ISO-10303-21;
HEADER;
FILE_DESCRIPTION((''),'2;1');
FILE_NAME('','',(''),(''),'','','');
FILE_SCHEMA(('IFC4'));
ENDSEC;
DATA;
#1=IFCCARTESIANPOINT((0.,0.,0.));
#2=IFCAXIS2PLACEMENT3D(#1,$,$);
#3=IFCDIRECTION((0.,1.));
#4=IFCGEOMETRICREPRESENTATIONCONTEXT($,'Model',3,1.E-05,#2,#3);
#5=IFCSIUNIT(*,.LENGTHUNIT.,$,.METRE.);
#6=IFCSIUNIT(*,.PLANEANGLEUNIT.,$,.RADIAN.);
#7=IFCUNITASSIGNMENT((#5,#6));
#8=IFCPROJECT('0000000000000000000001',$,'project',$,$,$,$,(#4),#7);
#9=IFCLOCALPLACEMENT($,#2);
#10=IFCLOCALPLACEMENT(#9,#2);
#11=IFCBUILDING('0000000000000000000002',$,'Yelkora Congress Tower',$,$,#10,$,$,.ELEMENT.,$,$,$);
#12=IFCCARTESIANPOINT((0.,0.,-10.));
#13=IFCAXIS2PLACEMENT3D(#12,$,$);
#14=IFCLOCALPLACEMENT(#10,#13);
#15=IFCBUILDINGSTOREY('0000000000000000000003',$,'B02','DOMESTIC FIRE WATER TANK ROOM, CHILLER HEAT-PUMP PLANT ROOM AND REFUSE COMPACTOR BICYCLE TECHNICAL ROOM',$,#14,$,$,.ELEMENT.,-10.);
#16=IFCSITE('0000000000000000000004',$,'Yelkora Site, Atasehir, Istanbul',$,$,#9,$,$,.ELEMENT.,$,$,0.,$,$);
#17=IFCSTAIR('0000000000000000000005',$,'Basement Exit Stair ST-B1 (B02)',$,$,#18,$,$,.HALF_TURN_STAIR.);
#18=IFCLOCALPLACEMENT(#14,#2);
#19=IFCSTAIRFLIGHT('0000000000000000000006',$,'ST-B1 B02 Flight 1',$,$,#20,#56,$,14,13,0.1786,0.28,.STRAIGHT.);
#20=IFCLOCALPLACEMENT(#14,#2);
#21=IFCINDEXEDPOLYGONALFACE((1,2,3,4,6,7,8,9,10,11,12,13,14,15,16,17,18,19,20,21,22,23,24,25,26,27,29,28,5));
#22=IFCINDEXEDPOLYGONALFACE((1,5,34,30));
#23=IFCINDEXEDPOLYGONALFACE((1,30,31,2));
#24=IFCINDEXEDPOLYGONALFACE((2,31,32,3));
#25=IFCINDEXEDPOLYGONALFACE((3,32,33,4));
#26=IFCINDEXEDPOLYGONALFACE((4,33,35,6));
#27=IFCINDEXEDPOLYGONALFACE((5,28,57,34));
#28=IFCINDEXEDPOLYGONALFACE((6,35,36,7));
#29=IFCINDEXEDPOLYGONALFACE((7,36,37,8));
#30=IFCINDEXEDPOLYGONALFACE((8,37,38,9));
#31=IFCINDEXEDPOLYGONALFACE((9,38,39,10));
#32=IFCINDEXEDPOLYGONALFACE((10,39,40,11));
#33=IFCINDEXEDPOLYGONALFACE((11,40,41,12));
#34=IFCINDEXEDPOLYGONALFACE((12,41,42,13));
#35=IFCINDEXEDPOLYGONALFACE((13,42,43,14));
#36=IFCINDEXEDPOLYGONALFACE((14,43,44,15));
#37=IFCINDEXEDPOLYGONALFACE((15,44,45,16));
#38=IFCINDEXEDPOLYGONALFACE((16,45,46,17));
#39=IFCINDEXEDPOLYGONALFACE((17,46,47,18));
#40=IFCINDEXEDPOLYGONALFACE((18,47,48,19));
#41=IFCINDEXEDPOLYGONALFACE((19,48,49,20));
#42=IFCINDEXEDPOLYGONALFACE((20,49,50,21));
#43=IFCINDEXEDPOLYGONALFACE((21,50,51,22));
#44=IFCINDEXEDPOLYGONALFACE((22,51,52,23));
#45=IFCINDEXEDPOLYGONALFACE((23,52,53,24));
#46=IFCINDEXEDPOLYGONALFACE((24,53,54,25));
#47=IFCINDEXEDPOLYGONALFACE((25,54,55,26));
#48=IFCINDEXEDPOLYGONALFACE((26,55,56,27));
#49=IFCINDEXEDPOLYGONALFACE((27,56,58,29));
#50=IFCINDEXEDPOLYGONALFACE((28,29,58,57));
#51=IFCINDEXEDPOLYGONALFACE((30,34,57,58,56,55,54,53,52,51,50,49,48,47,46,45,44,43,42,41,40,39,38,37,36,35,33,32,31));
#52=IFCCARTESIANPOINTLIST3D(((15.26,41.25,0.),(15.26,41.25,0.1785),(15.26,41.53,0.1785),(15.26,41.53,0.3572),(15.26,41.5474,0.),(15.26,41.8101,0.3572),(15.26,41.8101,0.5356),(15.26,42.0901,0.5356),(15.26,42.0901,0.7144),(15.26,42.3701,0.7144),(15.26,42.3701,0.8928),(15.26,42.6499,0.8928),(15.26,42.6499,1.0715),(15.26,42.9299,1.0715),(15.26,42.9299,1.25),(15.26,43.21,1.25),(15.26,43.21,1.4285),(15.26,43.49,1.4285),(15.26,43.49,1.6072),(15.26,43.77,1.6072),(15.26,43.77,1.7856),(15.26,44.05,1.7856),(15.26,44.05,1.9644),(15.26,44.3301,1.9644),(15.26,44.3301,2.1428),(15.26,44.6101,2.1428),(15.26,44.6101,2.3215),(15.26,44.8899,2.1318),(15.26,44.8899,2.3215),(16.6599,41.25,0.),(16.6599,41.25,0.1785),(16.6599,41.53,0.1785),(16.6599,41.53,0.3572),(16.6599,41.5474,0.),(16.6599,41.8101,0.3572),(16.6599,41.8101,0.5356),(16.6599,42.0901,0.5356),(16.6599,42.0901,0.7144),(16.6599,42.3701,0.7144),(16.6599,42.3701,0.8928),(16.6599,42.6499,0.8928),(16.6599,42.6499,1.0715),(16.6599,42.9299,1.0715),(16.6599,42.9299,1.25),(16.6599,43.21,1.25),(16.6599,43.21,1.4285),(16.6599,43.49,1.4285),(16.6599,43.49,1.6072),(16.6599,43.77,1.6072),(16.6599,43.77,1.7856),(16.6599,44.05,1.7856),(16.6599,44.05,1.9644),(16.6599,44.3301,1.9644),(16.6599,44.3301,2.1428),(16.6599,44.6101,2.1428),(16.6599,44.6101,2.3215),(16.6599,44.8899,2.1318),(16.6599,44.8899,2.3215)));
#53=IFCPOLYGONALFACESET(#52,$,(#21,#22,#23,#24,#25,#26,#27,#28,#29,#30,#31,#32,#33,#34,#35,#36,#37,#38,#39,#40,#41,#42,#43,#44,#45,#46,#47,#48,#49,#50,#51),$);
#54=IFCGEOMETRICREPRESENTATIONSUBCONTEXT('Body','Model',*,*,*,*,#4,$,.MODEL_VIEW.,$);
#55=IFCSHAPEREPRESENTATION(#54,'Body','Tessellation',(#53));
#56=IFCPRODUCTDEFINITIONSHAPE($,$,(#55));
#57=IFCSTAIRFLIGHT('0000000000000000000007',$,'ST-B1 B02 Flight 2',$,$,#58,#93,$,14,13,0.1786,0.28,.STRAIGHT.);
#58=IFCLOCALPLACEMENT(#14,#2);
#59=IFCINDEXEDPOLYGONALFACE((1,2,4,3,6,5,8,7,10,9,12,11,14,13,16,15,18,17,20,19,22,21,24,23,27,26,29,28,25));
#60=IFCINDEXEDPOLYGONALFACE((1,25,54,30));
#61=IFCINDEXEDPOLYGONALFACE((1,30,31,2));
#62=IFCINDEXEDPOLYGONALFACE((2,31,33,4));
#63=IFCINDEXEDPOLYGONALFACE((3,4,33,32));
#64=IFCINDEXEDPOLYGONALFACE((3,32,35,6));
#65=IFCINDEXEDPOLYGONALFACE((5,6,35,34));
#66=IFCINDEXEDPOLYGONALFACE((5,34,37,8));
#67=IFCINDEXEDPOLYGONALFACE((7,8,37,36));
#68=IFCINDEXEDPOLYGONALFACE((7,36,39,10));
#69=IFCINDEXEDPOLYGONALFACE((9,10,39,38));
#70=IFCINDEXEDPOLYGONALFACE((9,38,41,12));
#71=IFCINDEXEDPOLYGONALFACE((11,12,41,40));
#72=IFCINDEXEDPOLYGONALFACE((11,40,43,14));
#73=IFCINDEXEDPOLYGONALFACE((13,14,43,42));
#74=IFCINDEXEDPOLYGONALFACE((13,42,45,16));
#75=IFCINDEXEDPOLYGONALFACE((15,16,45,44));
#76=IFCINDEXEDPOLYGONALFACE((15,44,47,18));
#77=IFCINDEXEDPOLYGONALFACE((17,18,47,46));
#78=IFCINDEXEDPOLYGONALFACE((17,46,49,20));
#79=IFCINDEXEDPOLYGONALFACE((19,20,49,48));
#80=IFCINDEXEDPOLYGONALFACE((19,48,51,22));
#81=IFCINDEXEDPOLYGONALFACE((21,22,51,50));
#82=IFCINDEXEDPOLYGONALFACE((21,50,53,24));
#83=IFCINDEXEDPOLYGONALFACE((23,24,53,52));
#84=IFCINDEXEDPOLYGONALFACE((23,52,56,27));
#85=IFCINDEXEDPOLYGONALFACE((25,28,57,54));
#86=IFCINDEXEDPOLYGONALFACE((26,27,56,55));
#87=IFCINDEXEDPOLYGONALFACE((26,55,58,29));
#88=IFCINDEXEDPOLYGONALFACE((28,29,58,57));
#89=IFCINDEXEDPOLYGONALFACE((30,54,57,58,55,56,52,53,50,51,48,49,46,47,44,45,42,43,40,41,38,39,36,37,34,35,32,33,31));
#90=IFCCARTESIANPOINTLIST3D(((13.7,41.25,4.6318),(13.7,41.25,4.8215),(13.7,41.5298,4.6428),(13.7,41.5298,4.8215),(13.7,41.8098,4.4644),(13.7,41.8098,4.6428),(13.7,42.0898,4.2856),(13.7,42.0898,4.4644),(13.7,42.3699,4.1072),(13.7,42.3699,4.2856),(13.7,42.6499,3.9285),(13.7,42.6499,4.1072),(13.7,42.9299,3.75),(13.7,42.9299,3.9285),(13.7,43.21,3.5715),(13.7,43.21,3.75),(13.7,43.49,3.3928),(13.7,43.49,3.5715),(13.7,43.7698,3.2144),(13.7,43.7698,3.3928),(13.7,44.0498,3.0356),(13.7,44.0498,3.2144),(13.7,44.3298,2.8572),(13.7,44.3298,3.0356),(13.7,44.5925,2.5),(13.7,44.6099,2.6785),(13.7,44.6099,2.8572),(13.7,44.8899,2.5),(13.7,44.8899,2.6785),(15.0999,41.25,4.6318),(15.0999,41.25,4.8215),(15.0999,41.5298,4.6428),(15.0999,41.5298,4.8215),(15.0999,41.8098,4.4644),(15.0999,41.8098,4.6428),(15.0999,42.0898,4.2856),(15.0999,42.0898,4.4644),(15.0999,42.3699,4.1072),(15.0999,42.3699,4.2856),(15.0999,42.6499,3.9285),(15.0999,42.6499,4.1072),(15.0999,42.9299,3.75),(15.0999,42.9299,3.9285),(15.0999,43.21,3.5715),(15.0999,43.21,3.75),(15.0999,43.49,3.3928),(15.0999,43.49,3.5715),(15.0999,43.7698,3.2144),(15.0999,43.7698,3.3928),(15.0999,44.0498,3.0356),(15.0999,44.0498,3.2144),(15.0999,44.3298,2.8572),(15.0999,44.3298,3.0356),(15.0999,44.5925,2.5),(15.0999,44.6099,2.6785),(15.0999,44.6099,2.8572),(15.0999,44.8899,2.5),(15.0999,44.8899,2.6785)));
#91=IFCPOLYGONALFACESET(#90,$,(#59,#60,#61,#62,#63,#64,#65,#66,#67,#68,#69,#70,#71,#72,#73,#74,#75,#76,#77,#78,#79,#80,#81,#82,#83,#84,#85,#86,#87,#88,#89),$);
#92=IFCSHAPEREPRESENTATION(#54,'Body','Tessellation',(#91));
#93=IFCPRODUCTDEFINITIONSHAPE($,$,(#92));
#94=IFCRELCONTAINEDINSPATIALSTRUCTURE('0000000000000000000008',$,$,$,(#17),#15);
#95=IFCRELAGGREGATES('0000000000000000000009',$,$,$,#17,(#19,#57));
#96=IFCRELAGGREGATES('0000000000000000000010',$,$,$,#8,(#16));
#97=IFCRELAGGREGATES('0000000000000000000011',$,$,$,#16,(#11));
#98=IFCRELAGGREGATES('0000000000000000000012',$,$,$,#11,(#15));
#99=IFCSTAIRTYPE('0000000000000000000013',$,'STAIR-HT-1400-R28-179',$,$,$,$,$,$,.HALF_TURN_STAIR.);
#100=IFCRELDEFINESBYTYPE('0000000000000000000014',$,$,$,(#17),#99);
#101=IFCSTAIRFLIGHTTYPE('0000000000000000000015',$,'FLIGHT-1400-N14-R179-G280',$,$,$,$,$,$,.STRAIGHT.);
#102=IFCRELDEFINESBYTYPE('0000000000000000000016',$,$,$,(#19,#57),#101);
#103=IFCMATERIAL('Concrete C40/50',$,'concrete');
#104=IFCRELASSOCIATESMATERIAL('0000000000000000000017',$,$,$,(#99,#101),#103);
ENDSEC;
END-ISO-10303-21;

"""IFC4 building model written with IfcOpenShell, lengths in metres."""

from ifc_helpers import new_model, si_unit, direction, frame, origin, place, context, subcontext, project, spatial, polyline, outline, extrude, material, type_object, element, aggregate, save


model = new_model("IFC4")

# Units and contexts
model_context = context("Model", 3, precision=1e-05, world=origin(), true_north=direction((0.0, 1.0)))
body_context = subcontext(model_context, "Body", "Model", "MODEL_VIEW")
ifc_project = project(units=[si_unit("LENGTHUNIT", "METRE"), si_unit("PLANEANGLEUNIT", "RADIAN")], contexts=[model_context])

# Site, building, storey
site_placement = place(None, origin())
site = spatial("IfcSite", under=ifc_project, at=site_placement, Name="Yelkora Site, Atasehir, Istanbul", CompositionType="ELEMENT", RefElevation=0.0)
building_placement = place(site_placement, origin())
building = spatial("IfcBuilding", under=site, at=building_placement, Name="Yelkora Congress Tower", CompositionType="ELEMENT")
storey_placement = place(building_placement, frame((0.0, 0.0, -10.0)))
storey = spatial("IfcBuildingStorey", under=building, at=storey_placement, Name="B02", Description="DOMESTIC FIRE WATER TANK ROOM, CHILLER HEAT-PUMP PLANT ROOM AND REFUSE COMPACTOR BICYCLE TECHNICAL ROOM", CompositionType="ELEMENT", Elevation=-10.0)

# Stair, stair flights
ifc_material_1 = material(Name="Concrete C40/50", Category="concrete")
stair_type = type_object("IfcStairType", Name="STAIR-HT-1400-R28-179", PredefinedType="HALF_TURN_STAIR", material=ifc_material_1)
stair_placement = place(storey_placement, origin())
stair = element("IfcStair", 1, at=stair_placement, inside=storey, type_object=stair_type, Name="Basement Exit Stair ST-B1 (B02)", PredefinedType="HALF_TURN_STAIR")
stair_flight_type = type_object("IfcStairFlightType", Name="FLIGHT-1400-N14-R179-G280", PredefinedType="STRAIGHT", material=ifc_material_1)
stair_flight_1_placement = place(storey_placement, frame((15.96, 41.25, 0.0), z_axis=(0.0, 0.0, 1.0), x_axis=(0.0, 1.0, 0.0)))
stair_flight_1 = element("IfcStairFlight", 2, at=stair_flight_1_placement, type_object=stair_flight_type, Name="ST-B1 B02 Flight 1", NumberOfRisers=14, NumberOfTreads=13, PredefinedType="STRAIGHT", RiserHeight=0.1786, TreadLength=0.28, context=body_context, shape_type="SweptSolid", body=[
    extrude(outline(polyline([(0.0, 0.0), (0.0, 0.1785), (0.28, 0.1785), (0.28, 0.3572), (0.5601, 0.3572), (0.5601, 0.5356), (0.8401, 0.5356), (0.8401, 0.7144), (1.1201, 0.7144), (1.1201, 0.8928), (1.3999, 0.8928), (1.3999, 1.0715), (1.6799, 1.0715), (1.6799, 1.25), (1.96, 1.25), (1.96, 1.4285), (2.24, 1.4285), (2.24, 1.6072), (2.52, 1.6072), (2.52, 1.7856), (2.8, 1.7856), (2.8, 1.9644), (3.0801, 1.9644), (3.0801, 2.1428), (3.3601, 2.1428), (3.3601, 2.3215), (3.6399, 2.3215), (3.6399, 2.5), (3.6399, 2.1318), (0.2974, 0.0), (0.0, 0.0)])), frame((0.0, 0.7, 0.0), z_axis=(0.0, -1.0, 0.0), x_axis=(1.0, 0.0, 0.0)), (0.0, 0.0, 1.0), 1.3999),
])
stair_flight_2_placement = place(storey_placement, frame((14.3999, 44.8899, 2.5), z_axis=(0.0, 0.0, 1.0), x_axis=(0.0, -1.0, 0.0)))
stair_flight_2 = element("IfcStairFlight", 3, at=stair_flight_2_placement, type_object=stair_flight_type, Name="ST-B1 B02 Flight 2", NumberOfRisers=14, NumberOfTreads=13, PredefinedType="STRAIGHT", RiserHeight=0.1786, TreadLength=0.28, context=body_context, shape_type="SweptSolid", body=[
    extrude(outline(polyline([(0.0, 0.0), (0.0, 0.1785), (0.28, 0.1785), (0.28, 0.3572), (0.5601, 0.3572), (0.5601, 0.5356), (0.8401, 0.5356), (0.8401, 0.7144), (1.1201, 0.7144), (1.1201, 0.8928), (1.3999, 0.8928), (1.3999, 1.0715), (1.6799, 1.0715), (1.6799, 1.25), (1.96, 1.25), (1.96, 1.4285), (2.24, 1.4285), (2.24, 1.6072), (2.52, 1.6072), (2.52, 1.7856), (2.8, 1.7856), (2.8, 1.9644), (3.0801, 1.9644), (3.0801, 2.1428), (3.3601, 2.1428), (3.3601, 2.3215), (3.6399, 2.3215), (3.6399, 2.5), (3.6399, 2.1318), (0.2974, 0.0), (0.0, 0.0)])), frame((0.0, 0.7, 0.0), z_axis=(0.0, -1.0, 0.0), x_axis=(1.0, 0.0, 0.0)), (0.0, 0.0, 1.0), 1.3999),
])
aggregate(stair, [stair_flight_1, stair_flight_2])

save(model, "model.ifc")
